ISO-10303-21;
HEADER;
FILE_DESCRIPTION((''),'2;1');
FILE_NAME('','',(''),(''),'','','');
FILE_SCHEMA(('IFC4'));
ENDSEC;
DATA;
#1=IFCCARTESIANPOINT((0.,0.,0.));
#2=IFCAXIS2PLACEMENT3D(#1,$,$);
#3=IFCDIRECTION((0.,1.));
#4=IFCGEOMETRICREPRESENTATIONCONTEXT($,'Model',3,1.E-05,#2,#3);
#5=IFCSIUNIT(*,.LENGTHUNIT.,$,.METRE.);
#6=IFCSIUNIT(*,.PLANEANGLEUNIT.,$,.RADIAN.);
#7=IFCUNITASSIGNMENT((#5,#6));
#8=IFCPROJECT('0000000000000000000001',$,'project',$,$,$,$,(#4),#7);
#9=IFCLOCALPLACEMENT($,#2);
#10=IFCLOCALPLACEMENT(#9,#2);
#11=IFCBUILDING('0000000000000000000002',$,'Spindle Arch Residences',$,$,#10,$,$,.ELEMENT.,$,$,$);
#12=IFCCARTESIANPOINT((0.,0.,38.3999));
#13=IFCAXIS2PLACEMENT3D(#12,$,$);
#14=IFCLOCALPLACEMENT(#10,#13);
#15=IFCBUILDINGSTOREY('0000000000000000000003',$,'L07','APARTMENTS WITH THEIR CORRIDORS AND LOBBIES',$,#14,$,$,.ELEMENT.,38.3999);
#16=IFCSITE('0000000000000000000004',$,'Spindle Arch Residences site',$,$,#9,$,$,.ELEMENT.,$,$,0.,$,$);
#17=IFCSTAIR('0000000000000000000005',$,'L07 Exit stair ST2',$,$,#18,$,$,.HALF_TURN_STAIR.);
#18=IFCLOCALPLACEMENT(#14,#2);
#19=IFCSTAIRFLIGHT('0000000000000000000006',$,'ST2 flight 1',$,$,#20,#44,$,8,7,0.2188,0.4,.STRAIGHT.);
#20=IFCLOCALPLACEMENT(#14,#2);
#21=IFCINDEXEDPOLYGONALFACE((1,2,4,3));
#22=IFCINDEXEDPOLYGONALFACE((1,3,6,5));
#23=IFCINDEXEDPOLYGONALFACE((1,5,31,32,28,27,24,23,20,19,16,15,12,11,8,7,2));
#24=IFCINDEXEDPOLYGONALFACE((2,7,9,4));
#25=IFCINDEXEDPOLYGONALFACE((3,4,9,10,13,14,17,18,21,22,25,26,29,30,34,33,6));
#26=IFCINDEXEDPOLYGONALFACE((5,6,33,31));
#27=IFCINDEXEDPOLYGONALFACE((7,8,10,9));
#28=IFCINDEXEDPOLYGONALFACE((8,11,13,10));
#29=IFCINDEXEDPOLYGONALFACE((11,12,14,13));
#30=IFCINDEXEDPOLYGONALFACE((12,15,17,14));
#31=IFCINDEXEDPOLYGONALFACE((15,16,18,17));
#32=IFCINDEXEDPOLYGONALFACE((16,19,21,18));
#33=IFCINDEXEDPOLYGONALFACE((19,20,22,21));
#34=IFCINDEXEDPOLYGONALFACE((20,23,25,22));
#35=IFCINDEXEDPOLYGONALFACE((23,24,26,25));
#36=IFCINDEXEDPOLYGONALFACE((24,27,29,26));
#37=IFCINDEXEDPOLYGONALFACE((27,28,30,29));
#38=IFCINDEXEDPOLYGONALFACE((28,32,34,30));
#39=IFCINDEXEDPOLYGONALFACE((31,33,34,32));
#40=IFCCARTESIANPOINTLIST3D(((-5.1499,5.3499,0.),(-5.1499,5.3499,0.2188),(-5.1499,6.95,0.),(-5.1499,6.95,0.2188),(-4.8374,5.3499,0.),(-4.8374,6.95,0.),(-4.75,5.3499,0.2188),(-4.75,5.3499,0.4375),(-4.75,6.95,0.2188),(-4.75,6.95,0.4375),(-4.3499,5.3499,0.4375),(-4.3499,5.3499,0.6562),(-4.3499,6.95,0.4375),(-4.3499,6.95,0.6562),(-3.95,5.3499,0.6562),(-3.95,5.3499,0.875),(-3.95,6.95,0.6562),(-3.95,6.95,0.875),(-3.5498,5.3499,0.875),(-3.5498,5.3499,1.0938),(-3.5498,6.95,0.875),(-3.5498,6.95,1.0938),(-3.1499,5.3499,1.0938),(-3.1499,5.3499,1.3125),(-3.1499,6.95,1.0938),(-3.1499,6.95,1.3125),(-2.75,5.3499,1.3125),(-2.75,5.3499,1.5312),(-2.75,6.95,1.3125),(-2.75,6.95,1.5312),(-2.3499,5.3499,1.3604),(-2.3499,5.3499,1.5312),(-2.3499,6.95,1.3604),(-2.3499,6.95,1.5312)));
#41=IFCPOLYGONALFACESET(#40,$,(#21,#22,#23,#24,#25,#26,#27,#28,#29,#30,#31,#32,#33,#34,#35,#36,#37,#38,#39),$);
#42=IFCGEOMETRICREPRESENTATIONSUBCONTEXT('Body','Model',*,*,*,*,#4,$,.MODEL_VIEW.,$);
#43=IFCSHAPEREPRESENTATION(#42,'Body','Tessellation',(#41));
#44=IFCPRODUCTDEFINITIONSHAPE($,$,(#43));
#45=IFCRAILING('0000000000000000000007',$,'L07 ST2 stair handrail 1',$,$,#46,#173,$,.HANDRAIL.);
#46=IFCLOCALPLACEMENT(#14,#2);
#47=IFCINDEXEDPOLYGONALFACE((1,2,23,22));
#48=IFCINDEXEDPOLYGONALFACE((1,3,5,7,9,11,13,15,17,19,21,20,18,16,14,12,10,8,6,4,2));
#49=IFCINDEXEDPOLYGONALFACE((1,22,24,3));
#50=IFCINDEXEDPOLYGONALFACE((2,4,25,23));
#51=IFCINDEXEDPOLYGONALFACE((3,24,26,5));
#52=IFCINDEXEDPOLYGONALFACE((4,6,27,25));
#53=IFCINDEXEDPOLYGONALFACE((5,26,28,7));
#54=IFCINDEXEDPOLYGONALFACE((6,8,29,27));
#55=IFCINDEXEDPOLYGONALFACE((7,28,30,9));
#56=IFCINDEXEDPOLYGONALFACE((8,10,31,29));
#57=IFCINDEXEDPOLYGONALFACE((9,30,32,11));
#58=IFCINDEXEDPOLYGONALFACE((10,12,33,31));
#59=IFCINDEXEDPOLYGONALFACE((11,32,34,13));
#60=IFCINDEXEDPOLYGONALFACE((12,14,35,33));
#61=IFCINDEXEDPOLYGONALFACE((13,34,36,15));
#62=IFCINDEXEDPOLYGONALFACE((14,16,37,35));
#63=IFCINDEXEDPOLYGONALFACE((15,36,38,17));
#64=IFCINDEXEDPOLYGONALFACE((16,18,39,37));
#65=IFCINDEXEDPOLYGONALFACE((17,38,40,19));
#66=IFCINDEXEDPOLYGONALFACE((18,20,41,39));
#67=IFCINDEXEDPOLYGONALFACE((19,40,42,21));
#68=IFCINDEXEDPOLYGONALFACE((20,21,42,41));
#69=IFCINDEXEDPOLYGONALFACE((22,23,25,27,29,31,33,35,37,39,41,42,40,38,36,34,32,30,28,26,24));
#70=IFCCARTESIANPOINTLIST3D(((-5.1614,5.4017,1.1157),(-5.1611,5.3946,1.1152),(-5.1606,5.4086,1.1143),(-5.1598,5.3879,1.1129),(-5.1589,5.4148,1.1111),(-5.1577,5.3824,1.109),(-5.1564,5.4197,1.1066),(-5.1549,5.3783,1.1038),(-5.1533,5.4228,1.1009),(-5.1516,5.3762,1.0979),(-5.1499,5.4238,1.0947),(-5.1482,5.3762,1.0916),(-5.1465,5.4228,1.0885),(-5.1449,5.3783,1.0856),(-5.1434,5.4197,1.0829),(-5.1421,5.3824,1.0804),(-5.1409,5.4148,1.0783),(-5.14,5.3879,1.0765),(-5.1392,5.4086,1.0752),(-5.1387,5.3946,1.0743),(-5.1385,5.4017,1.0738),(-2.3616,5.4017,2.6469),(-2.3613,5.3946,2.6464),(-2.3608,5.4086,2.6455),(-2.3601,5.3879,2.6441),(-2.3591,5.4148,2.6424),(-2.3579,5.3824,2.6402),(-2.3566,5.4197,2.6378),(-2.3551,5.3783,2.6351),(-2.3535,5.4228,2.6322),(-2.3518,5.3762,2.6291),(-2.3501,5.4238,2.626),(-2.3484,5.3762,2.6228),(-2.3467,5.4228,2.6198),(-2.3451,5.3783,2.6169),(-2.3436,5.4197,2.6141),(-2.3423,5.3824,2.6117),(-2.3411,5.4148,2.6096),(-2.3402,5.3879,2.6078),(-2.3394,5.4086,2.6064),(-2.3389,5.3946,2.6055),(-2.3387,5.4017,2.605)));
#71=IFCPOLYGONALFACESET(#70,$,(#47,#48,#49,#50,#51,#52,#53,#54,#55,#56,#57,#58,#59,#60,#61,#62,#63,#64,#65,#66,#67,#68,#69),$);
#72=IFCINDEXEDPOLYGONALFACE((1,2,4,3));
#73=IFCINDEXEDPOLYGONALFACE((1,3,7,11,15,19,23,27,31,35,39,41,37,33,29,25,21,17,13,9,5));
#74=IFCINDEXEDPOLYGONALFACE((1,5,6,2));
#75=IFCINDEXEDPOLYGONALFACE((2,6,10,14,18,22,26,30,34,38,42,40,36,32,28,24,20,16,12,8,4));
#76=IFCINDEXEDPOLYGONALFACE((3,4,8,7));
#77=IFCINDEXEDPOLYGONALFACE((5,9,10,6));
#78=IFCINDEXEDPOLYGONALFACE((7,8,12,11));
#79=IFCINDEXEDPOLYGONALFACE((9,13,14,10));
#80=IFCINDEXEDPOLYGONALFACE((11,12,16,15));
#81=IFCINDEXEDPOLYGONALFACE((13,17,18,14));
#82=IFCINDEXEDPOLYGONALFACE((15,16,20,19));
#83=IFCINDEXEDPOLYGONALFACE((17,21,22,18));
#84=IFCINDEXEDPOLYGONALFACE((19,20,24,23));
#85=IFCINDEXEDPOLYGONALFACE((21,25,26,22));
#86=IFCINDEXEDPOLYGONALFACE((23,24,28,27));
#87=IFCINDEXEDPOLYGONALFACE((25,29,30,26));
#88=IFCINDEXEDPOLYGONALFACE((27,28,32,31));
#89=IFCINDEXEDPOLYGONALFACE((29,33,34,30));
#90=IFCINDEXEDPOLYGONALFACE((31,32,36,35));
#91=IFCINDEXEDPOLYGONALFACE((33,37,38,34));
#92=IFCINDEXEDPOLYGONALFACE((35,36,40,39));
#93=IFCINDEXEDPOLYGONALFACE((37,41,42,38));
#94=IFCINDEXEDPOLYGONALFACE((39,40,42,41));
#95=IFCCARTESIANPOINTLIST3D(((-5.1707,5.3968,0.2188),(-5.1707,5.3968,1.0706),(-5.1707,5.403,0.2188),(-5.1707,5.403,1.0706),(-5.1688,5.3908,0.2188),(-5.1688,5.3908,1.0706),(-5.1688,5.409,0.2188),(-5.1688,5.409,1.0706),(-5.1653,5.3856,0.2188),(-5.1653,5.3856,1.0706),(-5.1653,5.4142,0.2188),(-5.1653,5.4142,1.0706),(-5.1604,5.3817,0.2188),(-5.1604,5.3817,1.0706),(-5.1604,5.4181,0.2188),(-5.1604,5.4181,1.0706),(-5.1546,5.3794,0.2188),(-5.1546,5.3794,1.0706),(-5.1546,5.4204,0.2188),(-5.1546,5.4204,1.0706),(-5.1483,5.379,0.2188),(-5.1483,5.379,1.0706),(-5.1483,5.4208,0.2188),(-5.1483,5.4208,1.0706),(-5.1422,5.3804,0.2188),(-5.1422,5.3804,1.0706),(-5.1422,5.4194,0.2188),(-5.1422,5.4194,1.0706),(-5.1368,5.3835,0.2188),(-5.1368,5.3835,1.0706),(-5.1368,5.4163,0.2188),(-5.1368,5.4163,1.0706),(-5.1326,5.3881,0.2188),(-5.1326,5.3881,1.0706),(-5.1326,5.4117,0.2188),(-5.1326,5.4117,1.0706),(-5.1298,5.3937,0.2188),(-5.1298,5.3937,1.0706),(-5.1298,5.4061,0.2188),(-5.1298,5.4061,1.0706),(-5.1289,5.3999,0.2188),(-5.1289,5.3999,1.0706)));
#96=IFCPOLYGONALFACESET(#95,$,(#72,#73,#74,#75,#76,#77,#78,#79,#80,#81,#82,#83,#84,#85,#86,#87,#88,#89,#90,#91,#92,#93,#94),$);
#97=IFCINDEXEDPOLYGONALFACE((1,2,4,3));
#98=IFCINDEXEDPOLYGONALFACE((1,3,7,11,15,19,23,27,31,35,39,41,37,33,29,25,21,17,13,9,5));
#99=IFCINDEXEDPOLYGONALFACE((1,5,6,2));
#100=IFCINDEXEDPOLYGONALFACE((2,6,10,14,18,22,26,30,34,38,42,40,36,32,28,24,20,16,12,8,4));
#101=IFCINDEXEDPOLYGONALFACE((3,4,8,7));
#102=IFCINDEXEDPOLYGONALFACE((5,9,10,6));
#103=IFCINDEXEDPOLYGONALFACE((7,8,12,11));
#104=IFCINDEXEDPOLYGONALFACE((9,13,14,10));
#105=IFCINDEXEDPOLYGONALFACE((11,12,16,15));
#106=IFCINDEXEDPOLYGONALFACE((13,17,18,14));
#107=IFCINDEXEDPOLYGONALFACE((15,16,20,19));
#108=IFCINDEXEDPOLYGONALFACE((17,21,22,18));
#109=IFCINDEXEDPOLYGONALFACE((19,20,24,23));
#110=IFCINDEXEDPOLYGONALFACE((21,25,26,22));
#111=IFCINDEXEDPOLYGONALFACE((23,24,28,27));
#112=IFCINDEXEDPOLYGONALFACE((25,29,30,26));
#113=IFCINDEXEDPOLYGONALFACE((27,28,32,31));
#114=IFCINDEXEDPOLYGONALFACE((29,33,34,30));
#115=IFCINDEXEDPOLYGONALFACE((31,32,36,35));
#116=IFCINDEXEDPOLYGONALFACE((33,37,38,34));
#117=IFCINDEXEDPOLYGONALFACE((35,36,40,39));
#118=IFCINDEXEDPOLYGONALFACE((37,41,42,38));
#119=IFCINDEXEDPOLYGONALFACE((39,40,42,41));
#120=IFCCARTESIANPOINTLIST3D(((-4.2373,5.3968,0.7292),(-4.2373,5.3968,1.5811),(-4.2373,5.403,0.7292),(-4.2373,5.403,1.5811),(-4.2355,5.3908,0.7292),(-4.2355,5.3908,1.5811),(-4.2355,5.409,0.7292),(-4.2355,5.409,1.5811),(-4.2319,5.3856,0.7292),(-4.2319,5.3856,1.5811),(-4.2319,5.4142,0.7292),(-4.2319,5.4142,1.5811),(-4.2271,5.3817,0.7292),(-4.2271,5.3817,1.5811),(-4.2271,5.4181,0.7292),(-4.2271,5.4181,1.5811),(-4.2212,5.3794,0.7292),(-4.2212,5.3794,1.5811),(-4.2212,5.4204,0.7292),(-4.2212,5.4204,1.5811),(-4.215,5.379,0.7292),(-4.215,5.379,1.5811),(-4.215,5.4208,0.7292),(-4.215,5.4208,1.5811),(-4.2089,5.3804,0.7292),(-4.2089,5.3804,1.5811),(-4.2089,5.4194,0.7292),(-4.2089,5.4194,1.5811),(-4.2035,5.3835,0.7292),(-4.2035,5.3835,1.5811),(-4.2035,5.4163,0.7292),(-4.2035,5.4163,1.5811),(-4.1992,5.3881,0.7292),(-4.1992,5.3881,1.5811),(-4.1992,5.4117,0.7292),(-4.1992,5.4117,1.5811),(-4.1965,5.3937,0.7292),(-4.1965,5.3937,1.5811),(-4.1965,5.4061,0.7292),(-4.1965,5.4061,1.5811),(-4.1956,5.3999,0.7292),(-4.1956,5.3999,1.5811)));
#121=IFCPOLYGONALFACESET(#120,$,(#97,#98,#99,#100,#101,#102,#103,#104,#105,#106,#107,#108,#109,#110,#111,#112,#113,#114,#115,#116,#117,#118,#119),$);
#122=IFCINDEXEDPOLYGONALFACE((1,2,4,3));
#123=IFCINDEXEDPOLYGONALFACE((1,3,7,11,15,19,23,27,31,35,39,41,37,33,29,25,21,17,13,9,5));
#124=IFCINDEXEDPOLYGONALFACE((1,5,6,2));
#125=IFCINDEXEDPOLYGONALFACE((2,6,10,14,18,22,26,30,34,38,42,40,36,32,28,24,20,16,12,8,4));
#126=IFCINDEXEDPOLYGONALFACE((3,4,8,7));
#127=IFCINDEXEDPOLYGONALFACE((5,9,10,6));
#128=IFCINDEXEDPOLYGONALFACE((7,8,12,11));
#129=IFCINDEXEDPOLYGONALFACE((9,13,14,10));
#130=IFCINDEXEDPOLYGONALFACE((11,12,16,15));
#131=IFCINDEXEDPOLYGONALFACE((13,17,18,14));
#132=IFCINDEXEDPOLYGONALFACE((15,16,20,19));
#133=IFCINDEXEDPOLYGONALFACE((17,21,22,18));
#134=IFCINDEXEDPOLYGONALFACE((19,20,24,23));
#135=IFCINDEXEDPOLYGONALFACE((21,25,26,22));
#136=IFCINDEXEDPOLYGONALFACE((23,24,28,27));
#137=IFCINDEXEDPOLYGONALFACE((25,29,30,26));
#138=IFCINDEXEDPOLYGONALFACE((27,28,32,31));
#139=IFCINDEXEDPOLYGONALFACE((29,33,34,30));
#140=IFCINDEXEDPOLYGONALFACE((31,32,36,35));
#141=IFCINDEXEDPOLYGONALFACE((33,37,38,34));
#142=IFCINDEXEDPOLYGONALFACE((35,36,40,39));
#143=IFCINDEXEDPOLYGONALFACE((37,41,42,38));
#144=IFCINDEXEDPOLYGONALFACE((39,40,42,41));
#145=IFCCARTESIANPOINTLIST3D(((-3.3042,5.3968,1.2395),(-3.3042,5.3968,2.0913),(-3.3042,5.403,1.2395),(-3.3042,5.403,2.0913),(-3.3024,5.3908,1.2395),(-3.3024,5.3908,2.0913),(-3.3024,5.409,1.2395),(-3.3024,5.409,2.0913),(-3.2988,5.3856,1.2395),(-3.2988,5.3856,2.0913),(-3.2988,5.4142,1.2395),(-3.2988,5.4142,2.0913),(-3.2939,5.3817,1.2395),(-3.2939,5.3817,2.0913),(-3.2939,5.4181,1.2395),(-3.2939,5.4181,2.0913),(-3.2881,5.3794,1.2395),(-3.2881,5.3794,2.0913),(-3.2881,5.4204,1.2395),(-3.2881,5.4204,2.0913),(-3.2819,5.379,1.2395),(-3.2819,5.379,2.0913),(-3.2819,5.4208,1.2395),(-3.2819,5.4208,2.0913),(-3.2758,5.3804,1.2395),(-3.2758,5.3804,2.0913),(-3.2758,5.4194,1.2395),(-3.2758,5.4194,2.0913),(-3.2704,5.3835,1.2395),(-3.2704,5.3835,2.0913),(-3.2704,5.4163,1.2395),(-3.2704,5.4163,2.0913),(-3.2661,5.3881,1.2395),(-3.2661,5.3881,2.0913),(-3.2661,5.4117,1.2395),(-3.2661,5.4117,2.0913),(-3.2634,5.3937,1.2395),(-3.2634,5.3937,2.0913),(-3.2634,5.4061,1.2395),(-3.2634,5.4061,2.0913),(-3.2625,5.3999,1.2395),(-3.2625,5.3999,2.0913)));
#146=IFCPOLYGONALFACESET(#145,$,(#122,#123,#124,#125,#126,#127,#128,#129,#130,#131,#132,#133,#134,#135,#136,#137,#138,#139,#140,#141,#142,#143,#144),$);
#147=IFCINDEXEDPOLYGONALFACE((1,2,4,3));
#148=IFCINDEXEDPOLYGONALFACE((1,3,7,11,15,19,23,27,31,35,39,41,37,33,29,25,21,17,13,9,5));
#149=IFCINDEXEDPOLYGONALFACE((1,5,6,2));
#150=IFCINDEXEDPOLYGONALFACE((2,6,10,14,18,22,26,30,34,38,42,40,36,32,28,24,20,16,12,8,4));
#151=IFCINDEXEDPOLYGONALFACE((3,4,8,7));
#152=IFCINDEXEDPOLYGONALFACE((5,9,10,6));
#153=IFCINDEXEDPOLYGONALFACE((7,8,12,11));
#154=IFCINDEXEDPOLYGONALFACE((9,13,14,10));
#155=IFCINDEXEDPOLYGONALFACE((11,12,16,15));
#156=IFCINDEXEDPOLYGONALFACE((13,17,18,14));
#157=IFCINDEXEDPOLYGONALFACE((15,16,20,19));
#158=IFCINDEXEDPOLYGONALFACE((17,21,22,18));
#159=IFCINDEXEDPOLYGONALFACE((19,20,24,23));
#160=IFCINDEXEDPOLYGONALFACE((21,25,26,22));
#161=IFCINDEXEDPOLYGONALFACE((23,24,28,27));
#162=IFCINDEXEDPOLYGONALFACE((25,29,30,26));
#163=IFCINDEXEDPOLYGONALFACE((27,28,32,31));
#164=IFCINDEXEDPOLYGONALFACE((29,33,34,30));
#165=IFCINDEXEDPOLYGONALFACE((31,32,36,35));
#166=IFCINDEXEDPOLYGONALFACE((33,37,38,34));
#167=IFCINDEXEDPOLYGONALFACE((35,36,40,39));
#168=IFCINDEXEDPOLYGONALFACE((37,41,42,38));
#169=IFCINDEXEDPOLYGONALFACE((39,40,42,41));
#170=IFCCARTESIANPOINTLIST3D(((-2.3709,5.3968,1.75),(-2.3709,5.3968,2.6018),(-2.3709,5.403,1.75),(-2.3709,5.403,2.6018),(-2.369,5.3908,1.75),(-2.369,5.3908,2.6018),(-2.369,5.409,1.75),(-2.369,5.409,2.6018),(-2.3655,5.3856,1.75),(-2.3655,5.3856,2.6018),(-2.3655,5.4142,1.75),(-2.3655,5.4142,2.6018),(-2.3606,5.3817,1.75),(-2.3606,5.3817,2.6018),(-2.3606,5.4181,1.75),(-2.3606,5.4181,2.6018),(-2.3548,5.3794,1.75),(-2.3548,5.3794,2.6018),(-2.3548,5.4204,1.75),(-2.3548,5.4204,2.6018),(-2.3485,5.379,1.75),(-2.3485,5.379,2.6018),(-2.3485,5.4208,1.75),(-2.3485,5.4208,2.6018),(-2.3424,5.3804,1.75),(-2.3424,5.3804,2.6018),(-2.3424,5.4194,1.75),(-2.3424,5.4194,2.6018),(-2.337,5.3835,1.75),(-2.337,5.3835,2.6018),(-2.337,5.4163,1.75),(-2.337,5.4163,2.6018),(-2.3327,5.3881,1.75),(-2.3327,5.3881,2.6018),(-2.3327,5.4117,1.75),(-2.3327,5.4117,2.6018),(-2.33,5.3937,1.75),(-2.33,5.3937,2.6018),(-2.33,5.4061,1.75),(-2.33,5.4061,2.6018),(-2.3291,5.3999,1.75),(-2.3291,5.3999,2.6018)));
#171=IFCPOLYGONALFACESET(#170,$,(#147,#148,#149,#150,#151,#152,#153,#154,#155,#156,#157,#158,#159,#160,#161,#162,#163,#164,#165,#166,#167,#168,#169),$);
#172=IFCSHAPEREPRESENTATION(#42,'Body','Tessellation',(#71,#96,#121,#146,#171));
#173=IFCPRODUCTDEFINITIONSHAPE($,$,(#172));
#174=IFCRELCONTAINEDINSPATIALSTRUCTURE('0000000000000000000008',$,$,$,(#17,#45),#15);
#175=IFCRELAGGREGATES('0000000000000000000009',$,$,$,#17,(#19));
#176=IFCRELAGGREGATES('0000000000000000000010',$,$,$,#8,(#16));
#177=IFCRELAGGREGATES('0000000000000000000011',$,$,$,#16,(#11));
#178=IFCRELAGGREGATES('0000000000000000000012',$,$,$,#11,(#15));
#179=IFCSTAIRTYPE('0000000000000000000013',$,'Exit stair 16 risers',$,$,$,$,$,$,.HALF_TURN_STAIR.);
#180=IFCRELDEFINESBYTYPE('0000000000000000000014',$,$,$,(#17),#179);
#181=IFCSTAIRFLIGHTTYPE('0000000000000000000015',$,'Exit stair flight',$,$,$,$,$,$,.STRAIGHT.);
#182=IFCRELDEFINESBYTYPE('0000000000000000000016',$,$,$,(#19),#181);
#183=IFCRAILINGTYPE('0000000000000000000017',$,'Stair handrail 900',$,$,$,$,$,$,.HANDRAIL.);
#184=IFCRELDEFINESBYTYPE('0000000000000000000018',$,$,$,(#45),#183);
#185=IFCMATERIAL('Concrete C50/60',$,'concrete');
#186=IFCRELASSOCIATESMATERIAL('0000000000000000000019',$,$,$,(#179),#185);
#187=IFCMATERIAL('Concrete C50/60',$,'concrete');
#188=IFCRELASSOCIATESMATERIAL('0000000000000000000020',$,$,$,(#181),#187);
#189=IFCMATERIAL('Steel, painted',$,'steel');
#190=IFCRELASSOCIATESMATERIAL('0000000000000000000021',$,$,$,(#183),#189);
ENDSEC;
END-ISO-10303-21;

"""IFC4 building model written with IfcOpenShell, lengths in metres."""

from ifc_helpers import new_model, si_unit, direction, frame, origin, origin_2d, place, context, subcontext, project, spatial, polyline, circle, outline, extrude, material, type_object, element, aggregate, save


model = new_model("IFC4")

# Units and contexts
model_context = context("Model", 3, precision=1e-05, world=origin(), true_north=direction((0.0, 1.0)))
body_context = subcontext(model_context, "Body", "Model", "MODEL_VIEW")
ifc_project = project(units=[si_unit("LENGTHUNIT", "METRE"), si_unit("PLANEANGLEUNIT", "RADIAN")], contexts=[model_context])

# Site, building, storey
site_placement = place(None, origin())
site = spatial("IfcSite", under=ifc_project, at=site_placement, Name="Spindle Arch Residences site", CompositionType="ELEMENT", RefElevation=0.0)
building_placement = place(site_placement, origin())
building = spatial("IfcBuilding", under=site, at=building_placement, Name="Spindle Arch Residences", CompositionType="ELEMENT")
storey_placement = place(building_placement, frame((0.0, 0.0, 38.3999)))
storey = spatial("IfcBuildingStorey", under=building, at=storey_placement, Name="L07", Description="APARTMENTS WITH THEIR CORRIDORS AND LOBBIES", CompositionType="ELEMENT", Elevation=38.3999)

# Stair
ifc_material_1 = material(Name="Concrete C50/60", Category="concrete")
stair_type = type_object("IfcStairType", Name="Exit stair 16 risers", PredefinedType="HALF_TURN_STAIR", material=ifc_material_1)
stair_1_placement = place(storey_placement, origin())
stair_1 = element("IfcStair", 1, at=stair_1_placement, inside=storey, type_object=stair_type, Name="L07 Exit stair ST2", PredefinedType="HALF_TURN_STAIR")

# Stair flight
ifc_material_2 = material(Name="Concrete C50/60", Category="concrete")
stair_flight_type = type_object("IfcStairFlightType", Name="Exit stair flight", PredefinedType="STRAIGHT", material=ifc_material_2)
stair_flight_placement = place(storey_placement, frame((-5.1499, 6.1499, 0.0), z_axis=(0.0, 0.0, 1.0), x_axis=(1.0, 0.0, 0.0)))
stair_flight = element("IfcStairFlight", 2, at=stair_flight_placement, type_object=stair_flight_type, Name="ST2 flight 1", NumberOfRisers=8, NumberOfTreads=7, PredefinedType="STRAIGHT", RiserHeight=0.2188, TreadLength=0.4, context=body_context, shape_type="SweptSolid", body=[
    extrude(outline(polyline([(0.0, 0.0), (0.0, 0.2188), (0.3999, 0.2188), (0.3999, 0.4375), (0.8, 0.4375), (0.8, 0.6562), (1.2, 0.6562), (1.2, 0.875), (1.6001, 0.875), (1.6001, 1.0938), (2.0, 1.0938), (2.0, 1.3125), (2.3999, 1.3125), (2.3999, 1.5312), (2.8, 1.5312), (2.8, 1.75), (2.8, 1.3604), (0.3125, 0.0), (0.0, 0.0)])), frame((0.0, 0.8, 0.0), z_axis=(0.0, -1.0, 0.0), x_axis=(1.0, 0.0, 0.0)), (0.0, 0.0, 1.0), 1.6001),
])
aggregate(stair_1, [stair_flight])

# Railing
ifc_material_3 = material(Name="Steel, painted", Category="steel")
railing_type = type_object("IfcRailingType", Name="Stair handrail 900", PredefinedType="HANDRAIL", material=ifc_material_3)
railing_placement = place(storey_placement, frame((-5.1499, 5.3999, 0.2188)))
element("IfcRailing", 3, at=railing_placement, inside=storey, type_object=railing_type, Name="L07 ST2 stair handrail 1", PredefinedType="HANDRAIL", context=body_context, shape_type="SweptSolid", body=[
    extrude(circle(Radius=0.0239, at=origin_2d()), frame((0.0, 0.0, 0.876), z_axis=(0.877357, 0.0, 0.479838), x_axis=(0.0, 1.0, 0.0)), (0.0, 0.0, 1.0), 3.1912),
    extrude(circle(Radius=0.021, at=origin_2d()), origin(), (0.0, 0.0, 1.0), 0.8518),
    extrude(circle(Radius=0.021, at=origin_2d()), frame((0.9333, 0.0, 0.5105)), (0.0, 0.0, 1.0), 0.8518),
    extrude(circle(Radius=0.021, at=origin_2d()), frame((1.8665, 0.0, 1.0208)), (0.0, 0.0, 1.0), 0.8518),
    extrude(circle(Radius=0.021, at=origin_2d()), frame((2.7998, 0.0, 1.5312)), (0.0, 0.0, 1.0), 0.8518),
])

save(model, "model.ifc")
